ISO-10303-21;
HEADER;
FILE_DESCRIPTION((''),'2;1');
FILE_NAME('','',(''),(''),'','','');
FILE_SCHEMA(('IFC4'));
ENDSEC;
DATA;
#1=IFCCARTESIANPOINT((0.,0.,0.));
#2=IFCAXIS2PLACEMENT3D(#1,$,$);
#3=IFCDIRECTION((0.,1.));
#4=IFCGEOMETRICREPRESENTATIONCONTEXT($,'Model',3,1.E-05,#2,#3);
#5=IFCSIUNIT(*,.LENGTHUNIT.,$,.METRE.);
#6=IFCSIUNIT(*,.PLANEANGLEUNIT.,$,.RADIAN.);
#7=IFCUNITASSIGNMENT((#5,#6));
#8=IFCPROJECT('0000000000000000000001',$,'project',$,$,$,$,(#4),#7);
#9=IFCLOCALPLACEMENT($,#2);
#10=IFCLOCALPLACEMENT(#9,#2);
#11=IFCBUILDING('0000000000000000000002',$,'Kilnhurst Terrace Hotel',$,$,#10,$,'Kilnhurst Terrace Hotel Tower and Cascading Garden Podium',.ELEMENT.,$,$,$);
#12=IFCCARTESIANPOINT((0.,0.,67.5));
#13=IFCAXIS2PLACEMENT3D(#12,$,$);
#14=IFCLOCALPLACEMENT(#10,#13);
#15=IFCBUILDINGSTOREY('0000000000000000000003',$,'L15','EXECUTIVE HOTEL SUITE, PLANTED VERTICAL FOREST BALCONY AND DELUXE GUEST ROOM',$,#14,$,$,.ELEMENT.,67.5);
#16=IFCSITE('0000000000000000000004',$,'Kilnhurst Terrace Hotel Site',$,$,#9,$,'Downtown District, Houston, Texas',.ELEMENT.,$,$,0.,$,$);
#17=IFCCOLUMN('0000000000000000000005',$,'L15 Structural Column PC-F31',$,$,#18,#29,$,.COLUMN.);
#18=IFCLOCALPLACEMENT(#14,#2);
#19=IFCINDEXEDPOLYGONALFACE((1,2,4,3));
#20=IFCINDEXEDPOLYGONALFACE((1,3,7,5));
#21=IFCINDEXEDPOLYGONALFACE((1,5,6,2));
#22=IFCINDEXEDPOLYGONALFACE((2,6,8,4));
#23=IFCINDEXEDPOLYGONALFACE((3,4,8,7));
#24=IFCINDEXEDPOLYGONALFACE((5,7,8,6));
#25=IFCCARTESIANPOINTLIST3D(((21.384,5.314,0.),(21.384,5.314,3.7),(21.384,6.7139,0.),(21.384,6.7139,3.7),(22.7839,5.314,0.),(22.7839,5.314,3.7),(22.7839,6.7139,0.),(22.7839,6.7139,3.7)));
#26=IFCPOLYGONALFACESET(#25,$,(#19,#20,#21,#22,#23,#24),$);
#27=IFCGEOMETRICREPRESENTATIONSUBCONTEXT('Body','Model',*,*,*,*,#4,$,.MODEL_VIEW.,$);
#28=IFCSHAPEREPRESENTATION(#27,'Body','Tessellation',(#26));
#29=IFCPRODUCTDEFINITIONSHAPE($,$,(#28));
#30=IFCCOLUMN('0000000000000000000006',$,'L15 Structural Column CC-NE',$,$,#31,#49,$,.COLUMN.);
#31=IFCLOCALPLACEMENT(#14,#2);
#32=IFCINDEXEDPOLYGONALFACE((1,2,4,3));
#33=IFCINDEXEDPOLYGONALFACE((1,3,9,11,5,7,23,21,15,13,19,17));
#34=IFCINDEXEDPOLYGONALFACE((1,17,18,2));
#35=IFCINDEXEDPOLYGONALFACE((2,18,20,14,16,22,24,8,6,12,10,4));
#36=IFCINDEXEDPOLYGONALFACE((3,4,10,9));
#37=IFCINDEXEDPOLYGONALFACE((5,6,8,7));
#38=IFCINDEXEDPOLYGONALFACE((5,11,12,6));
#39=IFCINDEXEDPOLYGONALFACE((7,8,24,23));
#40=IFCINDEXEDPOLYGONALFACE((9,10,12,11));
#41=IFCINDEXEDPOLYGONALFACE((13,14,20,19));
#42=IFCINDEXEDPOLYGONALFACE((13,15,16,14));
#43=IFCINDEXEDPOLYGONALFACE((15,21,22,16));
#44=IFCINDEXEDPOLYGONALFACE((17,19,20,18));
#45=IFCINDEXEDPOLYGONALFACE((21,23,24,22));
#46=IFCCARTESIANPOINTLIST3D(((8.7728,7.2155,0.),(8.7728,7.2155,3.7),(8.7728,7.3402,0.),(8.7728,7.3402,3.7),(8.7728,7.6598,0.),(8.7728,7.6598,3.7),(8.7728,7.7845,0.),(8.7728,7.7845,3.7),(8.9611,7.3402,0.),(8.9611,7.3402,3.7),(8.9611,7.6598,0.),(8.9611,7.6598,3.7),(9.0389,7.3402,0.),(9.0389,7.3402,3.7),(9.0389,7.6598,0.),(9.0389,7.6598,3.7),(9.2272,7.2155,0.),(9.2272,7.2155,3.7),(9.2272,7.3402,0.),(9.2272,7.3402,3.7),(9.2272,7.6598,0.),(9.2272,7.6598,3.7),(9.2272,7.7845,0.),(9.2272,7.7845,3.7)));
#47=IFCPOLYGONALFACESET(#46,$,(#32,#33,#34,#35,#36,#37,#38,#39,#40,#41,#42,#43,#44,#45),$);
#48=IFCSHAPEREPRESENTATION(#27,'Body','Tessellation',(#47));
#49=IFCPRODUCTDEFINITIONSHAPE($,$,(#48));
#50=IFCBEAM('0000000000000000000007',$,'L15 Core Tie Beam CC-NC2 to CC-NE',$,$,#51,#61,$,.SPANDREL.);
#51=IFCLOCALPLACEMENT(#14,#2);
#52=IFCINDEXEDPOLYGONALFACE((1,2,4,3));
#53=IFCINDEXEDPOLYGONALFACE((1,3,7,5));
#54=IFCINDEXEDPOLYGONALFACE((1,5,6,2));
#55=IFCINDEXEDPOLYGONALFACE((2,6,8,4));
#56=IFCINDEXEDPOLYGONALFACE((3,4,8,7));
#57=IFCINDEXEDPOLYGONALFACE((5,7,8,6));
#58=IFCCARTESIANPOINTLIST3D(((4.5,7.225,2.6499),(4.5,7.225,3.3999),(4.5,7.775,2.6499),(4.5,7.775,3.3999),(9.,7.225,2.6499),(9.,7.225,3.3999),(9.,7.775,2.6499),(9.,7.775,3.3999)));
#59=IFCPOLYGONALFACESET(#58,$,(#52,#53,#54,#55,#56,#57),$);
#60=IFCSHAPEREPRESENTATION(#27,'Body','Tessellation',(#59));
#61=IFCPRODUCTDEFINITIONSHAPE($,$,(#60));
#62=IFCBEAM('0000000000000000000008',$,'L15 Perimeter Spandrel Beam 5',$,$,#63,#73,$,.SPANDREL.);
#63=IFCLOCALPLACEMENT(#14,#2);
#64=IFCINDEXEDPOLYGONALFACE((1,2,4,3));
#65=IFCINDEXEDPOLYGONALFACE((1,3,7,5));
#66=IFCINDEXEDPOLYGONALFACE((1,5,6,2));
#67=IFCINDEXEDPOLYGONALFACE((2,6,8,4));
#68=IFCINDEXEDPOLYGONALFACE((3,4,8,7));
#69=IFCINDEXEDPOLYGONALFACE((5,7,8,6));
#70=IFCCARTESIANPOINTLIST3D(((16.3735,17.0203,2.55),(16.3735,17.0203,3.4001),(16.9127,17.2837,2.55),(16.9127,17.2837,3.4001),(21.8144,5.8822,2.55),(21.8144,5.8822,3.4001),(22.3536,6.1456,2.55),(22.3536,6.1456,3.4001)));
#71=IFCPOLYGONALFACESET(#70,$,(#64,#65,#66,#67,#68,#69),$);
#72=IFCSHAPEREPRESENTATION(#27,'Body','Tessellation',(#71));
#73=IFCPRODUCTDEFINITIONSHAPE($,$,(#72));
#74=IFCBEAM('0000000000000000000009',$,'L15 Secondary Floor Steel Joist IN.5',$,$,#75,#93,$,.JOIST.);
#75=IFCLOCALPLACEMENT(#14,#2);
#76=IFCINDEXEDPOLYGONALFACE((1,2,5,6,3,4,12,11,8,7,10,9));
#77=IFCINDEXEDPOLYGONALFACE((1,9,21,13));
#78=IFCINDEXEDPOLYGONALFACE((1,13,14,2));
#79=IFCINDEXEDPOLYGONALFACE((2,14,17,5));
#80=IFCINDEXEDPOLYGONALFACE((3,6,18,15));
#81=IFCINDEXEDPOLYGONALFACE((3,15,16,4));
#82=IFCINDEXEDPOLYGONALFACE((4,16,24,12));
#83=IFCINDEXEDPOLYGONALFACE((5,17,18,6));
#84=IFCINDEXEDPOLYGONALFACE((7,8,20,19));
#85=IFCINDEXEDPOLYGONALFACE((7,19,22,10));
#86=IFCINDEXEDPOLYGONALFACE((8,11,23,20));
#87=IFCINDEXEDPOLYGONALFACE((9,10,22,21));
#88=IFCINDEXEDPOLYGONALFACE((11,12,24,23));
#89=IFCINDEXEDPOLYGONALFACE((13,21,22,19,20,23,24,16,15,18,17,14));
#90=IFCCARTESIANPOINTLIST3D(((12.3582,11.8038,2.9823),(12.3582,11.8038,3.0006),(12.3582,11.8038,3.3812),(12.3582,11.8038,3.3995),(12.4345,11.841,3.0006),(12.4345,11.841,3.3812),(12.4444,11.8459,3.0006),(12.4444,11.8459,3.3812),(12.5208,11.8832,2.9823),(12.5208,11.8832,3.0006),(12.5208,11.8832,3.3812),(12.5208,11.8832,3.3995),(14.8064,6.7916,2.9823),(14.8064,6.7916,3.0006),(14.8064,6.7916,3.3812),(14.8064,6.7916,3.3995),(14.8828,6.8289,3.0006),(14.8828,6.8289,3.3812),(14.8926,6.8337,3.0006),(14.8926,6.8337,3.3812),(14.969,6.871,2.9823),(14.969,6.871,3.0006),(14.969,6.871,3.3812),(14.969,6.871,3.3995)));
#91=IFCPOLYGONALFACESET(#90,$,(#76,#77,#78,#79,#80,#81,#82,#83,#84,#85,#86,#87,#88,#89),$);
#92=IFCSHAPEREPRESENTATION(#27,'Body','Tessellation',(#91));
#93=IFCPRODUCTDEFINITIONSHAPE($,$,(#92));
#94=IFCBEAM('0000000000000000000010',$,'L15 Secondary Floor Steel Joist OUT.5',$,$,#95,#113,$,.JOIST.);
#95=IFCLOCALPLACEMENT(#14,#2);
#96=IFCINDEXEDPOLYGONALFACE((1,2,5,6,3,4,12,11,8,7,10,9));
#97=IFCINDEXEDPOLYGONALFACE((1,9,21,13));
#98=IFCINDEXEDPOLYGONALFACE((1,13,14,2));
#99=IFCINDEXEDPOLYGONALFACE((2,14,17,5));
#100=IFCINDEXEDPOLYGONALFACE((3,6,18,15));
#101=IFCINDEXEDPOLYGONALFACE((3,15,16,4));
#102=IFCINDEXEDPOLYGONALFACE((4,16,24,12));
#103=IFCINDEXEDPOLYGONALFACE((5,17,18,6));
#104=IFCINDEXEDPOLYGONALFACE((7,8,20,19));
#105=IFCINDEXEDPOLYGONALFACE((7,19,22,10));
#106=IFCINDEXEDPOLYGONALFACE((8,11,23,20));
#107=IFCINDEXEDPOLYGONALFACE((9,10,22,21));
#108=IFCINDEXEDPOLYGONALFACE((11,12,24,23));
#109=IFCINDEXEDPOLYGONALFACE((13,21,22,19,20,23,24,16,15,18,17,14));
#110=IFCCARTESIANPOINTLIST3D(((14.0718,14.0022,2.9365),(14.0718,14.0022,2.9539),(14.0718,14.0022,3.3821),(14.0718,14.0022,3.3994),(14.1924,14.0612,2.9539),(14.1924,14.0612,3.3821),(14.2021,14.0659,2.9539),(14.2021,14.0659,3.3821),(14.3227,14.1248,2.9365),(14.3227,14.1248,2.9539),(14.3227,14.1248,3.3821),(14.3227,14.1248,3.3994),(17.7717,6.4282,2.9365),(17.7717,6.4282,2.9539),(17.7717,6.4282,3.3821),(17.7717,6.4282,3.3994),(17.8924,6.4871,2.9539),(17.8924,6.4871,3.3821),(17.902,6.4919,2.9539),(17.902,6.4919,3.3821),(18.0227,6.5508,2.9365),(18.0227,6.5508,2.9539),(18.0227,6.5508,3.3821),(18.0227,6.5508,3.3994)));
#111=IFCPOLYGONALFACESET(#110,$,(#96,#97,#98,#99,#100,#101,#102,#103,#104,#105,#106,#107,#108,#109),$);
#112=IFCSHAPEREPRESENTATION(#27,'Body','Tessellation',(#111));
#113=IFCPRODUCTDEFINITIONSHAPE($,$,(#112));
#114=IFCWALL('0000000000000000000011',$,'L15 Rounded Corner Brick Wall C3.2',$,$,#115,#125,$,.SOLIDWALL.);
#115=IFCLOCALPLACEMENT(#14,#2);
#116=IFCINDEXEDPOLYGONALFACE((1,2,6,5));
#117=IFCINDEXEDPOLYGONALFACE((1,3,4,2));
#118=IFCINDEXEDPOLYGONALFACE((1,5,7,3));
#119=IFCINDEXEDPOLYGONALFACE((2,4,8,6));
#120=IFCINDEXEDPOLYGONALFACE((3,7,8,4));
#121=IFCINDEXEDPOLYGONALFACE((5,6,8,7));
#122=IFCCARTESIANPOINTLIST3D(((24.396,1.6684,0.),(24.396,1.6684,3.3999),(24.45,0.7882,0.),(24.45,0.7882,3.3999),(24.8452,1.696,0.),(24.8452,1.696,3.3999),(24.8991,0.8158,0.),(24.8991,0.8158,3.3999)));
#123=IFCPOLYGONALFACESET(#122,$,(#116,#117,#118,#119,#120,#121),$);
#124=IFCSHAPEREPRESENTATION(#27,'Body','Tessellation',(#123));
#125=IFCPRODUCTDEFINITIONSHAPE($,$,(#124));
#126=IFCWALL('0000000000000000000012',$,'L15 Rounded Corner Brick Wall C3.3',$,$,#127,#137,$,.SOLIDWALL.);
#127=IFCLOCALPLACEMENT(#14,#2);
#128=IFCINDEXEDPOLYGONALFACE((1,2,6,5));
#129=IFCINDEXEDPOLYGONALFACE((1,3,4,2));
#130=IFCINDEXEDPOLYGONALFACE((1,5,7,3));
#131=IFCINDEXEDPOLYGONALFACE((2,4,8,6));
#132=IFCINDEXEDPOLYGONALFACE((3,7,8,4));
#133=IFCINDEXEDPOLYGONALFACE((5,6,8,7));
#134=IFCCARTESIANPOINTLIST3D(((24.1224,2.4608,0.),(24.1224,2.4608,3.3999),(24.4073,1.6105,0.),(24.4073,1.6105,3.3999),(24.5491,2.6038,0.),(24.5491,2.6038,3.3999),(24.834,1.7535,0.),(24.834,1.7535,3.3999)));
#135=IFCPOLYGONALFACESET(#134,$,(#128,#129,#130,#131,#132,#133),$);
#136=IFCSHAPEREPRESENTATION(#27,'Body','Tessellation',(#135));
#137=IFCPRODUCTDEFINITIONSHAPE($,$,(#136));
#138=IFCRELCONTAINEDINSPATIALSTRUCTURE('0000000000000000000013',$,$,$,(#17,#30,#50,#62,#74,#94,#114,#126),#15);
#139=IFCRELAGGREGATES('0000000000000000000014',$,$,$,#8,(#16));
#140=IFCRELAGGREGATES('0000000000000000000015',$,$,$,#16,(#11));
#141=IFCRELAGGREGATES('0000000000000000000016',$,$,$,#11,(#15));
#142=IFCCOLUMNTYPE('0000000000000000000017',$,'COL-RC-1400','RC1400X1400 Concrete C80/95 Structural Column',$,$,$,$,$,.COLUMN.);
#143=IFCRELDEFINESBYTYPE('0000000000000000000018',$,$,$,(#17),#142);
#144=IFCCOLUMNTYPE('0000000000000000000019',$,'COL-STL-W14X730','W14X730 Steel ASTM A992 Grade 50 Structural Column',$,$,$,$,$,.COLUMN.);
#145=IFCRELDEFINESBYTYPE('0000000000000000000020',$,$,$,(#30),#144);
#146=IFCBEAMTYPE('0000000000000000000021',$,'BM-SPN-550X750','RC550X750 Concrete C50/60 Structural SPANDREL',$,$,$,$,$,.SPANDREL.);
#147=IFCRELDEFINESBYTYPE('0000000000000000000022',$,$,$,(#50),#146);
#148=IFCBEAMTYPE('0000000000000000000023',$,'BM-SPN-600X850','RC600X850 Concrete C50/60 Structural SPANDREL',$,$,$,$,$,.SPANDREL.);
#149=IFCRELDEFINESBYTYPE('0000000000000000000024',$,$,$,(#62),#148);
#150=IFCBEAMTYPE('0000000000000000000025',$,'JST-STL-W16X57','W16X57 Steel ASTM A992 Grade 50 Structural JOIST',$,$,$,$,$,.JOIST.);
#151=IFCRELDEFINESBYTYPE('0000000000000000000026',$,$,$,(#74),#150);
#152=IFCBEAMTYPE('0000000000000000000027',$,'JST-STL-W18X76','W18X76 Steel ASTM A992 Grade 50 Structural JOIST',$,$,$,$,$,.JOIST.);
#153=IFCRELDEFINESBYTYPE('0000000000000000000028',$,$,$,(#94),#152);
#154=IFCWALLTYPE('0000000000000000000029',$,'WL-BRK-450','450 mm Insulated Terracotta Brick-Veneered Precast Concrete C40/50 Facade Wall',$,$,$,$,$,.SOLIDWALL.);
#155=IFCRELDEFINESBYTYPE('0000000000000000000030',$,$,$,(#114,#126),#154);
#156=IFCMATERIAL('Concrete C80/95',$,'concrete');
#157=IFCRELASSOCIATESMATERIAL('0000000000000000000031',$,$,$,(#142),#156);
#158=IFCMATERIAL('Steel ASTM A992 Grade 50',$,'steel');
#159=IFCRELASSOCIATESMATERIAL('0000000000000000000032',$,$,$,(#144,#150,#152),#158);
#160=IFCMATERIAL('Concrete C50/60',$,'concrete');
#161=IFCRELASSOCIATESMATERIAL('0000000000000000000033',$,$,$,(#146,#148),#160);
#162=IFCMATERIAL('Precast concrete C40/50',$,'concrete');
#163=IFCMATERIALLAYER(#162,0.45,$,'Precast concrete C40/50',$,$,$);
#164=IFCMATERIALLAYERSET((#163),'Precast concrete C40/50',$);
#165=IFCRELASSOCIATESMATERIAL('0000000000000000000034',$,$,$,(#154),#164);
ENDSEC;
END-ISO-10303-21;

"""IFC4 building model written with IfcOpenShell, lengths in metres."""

from ifc_helpers import new_model, si_unit, direction, frame, frame_2d, origin, origin_2d, place, context, subcontext, project, spatial, rectangle, i_section, extrude, material, layer, layer_set, material_profile, profile_set, type_object, element, save


model = new_model("IFC4")

# Units and contexts
model_context = context("Model", 3, precision=1e-05, world=origin(), true_north=direction((0.0, 1.0)))
body_context = subcontext(model_context, "Body", "Model", "MODEL_VIEW")
ifc_project = project(units=[si_unit("LENGTHUNIT", "METRE"), si_unit("PLANEANGLEUNIT", "RADIAN")], contexts=[model_context])

# Site, building, storey
site_placement = place(None, origin())
site = spatial("IfcSite", under=ifc_project, at=site_placement, Name="Kilnhurst Terrace Hotel Site", LongName="Downtown District, Houston, Texas", CompositionType="ELEMENT", RefElevation=0.0)
building_placement = place(site_placement, origin())
building = spatial("IfcBuilding", under=site, at=building_placement, Name="Kilnhurst Terrace Hotel", LongName="Kilnhurst Terrace Hotel Tower and Cascading Garden Podium", CompositionType="ELEMENT")
storey_placement = place(building_placement, frame((0.0, 0.0, 67.5)))
storey = spatial("IfcBuildingStorey", under=building, at=storey_placement, Name="L15", Description="EXECUTIVE HOTEL SUITE, PLANTED VERTICAL FOREST BALCONY AND DELUXE GUEST ROOM", CompositionType="ELEMENT", Elevation=67.5)

# Columns
ifc_material_1 = material(Name="Concrete C80/95", Category="concrete")
ifc_material_profile_1 = material_profile(ifc_material_1, rectangle(XDim=1.3999, YDim=1.3999, at=origin_2d()), Name="RC1400X1400")
ifc_profile_set_1 = profile_set([ifc_material_profile_1], Name="Concrete C80/95")
column_type_1 = type_object("IfcColumnType", Name="COL-RC-1400", Description="RC1400X1400 Concrete C80/95 Structural Column", PredefinedType="COLUMN", material=ifc_profile_set_1)
column_1_placement = place(storey_placement, frame((22.084, 6.0139, 0.0), z_axis=(0.0, 0.0, 1.0), x_axis=(1.0, 0.0, 0.0)))
element("IfcColumn", 1, at=column_1_placement, inside=storey, type_object=column_type_1, Name="L15 Structural Column PC-F31", PredefinedType="COLUMN", context=body_context, shape_type="SweptSolid", body=[
    extrude(rectangle(XDim=1.3999, YDim=1.3999, at=origin_2d()), origin(), (0.0, 0.0, 1.0), 3.7),
])
ifc_material_2 = material(Name="Steel ASTM A992 Grade 50", Category="steel")
ifc_material_profile_2 = material_profile(ifc_material_2, i_section(OverallWidth=0.4543, OverallDepth=0.5691, WebThickness=0.0779, FlangeThickness=0.1248, at=origin_2d()), Name="W14X730")
ifc_profile_set_2 = profile_set([ifc_material_profile_2], Name="Steel ASTM A992 Grade 50")
column_type_2 = type_object("IfcColumnType", Name="COL-STL-W14X730", Description="W14X730 Steel ASTM A992 Grade 50 Structural Column", PredefinedType="COLUMN", material=ifc_profile_set_2)
column_2_placement = place(storey_placement, frame((9.0, 7.5, 0.0), z_axis=(0.0, 0.0, 1.0), x_axis=(1.0, 0.0, 0.0)))
element("IfcColumn", 2, at=column_2_placement, inside=storey, type_object=column_type_2, Name="L15 Structural Column CC-NE", PredefinedType="COLUMN", context=body_context, shape_type="SweptSolid", body=[
    extrude(i_section(OverallWidth=0.4543, OverallDepth=0.5691, WebThickness=0.0779, FlangeThickness=0.1248, at=origin_2d()), origin(), (0.0, 0.0, 1.0), 3.7),
])

# Beams
ifc_material_3 = material(Name="Concrete C50/60", Category="concrete")
ifc_material_profile_3 = material_profile(ifc_material_3, rectangle(XDim=0.55, YDim=0.75, at=origin_2d()), Name="RC550X750")
ifc_profile_set_3 = profile_set([ifc_material_profile_3], Name="Concrete C50/60")
beam_type_1 = type_object("IfcBeamType", Name="BM-SPN-550X750", Description="RC550X750 Concrete C50/60 Structural SPANDREL", PredefinedType="SPANDREL", material=ifc_profile_set_3)
beam_1_placement = place(storey_placement, frame((4.5, 7.5, 3.0249), z_axis=(1.0, 0.0, 0.0), x_axis=(0.0, 1.0, 0.0)))
element("IfcBeam", 3, at=beam_1_placement, inside=storey, type_object=beam_type_1, Name="L15 Core Tie Beam CC-NC2 to CC-NE", PredefinedType="SPANDREL", context=body_context, shape_type="SweptSolid", body=[
    extrude(rectangle(XDim=0.55, YDim=0.75, at=origin_2d()), origin(), (0.0, 0.0, 1.0), 4.5),
])
ifc_material_profile_4 = material_profile(ifc_material_3, rectangle(XDim=0.6001, YDim=0.8501, at=origin_2d()), Name="RC600X850")
ifc_profile_set_4 = profile_set([ifc_material_profile_4], Name="Concrete C50/60")
beam_type_2 = type_object("IfcBeamType", Name="BM-SPN-600X850", Description="RC600X850 Concrete C50/60 Structural SPANDREL", PredefinedType="SPANDREL", material=ifc_profile_set_4)
beam_2_placement = place(storey_placement, frame((22.084, 6.0139, 2.9751), z_axis=(-0.438923, 0.898525, 0.0), x_axis=(-0.898525, -0.438923, 0.0)))
element("IfcBeam", 4, at=beam_2_placement, inside=storey, type_object=beam_type_2, Name="L15 Perimeter Spandrel Beam 5", PredefinedType="SPANDREL", context=body_context, shape_type="SweptSolid", body=[
    extrude(rectangle(XDim=0.6001, YDim=0.8501, at=origin_2d()), origin(), (0.0, 0.0, 1.0), 12.396),
])
ifc_material_profile_5 = material_profile(ifc_material_2, i_section(OverallWidth=0.1809, OverallDepth=0.4172, WebThickness=0.011, FlangeThickness=0.0183, at=origin_2d()), Name="W16X57")
ifc_profile_set_5 = profile_set([ifc_material_profile_5], Name="Steel ASTM A992 Grade 50")
beam_type_3 = type_object("IfcBeamType", Name="JST-STL-W16X57", Description="W16X57 Steel ASTM A992 Grade 50 Structural JOIST", PredefinedType="JOIST", material=ifc_profile_set_5)
beam_3_placement = place(storey_placement, frame((14.8877, 6.8313, 3.1909), z_axis=(-0.438896, 0.898538, 0.0), x_axis=(-0.898538, -0.438896, 0.0)))
element("IfcBeam", 5, at=beam_3_placement, inside=storey, type_object=beam_type_3, Name="L15 Secondary Floor Steel Joist IN.5", PredefinedType="JOIST", context=body_context, shape_type="SweptSolid", body=[
    extrude(i_section(OverallWidth=0.1809, OverallDepth=0.4172, WebThickness=0.011, FlangeThickness=0.0183, at=origin_2d()), origin(), (0.0, 0.0, 1.0), 5.5781),
])
ifc_material_profile_6 = material_profile(ifc_material_2, i_section(OverallWidth=0.2793, OverallDepth=0.4629, WebThickness=0.0107, FlangeThickness=0.0173, at=origin_2d()), Name="W18X76")
ifc_profile_set_6 = profile_set([ifc_material_profile_6], Name="Steel ASTM A992 Grade 50")
beam_type_4 = type_object("IfcBeamType", Name="JST-STL-W18X76", Description="W18X76 Steel ASTM A992 Grade 50 Structural JOIST", PredefinedType="JOIST", material=ifc_profile_set_6)
beam_4_placement = place(storey_placement, frame((17.8972, 6.4895, 3.168), z_axis=(-0.438934, 0.898519, 0.0), x_axis=(-0.898519, -0.438934, 0.0)))
element("IfcBeam", 6, at=beam_4_placement, inside=storey, type_object=beam_type_4, Name="L15 Secondary Floor Steel Joist OUT.5", PredefinedType="JOIST", context=body_context, shape_type="SweptSolid", body=[
    extrude(i_section(OverallWidth=0.2793, OverallDepth=0.4629, WebThickness=0.0107, FlangeThickness=0.0173, at=origin_2d()), origin(), (0.0, 0.0, 1.0), 8.4294),
])

# Walls
ifc_material_4 = material(Name="Precast concrete C40/50", Category="concrete")
ifc_layer_1 = layer(ifc_material_4, 0.45, Name="Precast concrete C40/50")
ifc_layer_set_1 = layer_set([ifc_layer_1], Name="Precast concrete C40/50")
wall_type_1 = type_object("IfcWallType", Name="WL-BRK-450", Description="450 mm Insulated Terracotta Brick-Veneered Precast Concrete C40/50 Facade Wall", PredefinedType="SOLIDWALL", material=ifc_layer_set_1)
wall_1_placement = place(storey_placement, frame((24.6746, 0.802, 0.0), z_axis=(0.0, 0.0, 1.0), x_axis=(-0.061189, 0.998126, 0.0)))
element("IfcWall", 7, at=wall_1_placement, inside=storey, type_object=wall_type_1, Name="L15 Rounded Corner Brick Wall C3.2", PredefinedType="SOLIDWALL", context=body_context, shape_type="SweptSolid", body=[
    extrude(rectangle(XDim=0.8818, YDim=0.45, at=frame_2d((0.4409, 0.0))), origin(), (0.0, 0.0, 1.0), 3.3999),
])
wall_2_placement = place(storey_placement, frame((24.6206, 1.6821, 0.0), z_axis=(0.0, 0.0, 1.0), x_axis=(-0.317697, 0.948192, 0.0)))
element("IfcWall", 8, at=wall_2_placement, inside=storey, type_object=wall_type_1, Name="L15 Rounded Corner Brick Wall C3.3", PredefinedType="SOLIDWALL", context=body_context, shape_type="SweptSolid", body=[
    extrude(rectangle(XDim=0.8967, YDim=0.45, at=frame_2d((0.4482, 0.0))), origin(), (0.0, 0.0, 1.0), 3.3999),
])

save(model, "model.ifc")
